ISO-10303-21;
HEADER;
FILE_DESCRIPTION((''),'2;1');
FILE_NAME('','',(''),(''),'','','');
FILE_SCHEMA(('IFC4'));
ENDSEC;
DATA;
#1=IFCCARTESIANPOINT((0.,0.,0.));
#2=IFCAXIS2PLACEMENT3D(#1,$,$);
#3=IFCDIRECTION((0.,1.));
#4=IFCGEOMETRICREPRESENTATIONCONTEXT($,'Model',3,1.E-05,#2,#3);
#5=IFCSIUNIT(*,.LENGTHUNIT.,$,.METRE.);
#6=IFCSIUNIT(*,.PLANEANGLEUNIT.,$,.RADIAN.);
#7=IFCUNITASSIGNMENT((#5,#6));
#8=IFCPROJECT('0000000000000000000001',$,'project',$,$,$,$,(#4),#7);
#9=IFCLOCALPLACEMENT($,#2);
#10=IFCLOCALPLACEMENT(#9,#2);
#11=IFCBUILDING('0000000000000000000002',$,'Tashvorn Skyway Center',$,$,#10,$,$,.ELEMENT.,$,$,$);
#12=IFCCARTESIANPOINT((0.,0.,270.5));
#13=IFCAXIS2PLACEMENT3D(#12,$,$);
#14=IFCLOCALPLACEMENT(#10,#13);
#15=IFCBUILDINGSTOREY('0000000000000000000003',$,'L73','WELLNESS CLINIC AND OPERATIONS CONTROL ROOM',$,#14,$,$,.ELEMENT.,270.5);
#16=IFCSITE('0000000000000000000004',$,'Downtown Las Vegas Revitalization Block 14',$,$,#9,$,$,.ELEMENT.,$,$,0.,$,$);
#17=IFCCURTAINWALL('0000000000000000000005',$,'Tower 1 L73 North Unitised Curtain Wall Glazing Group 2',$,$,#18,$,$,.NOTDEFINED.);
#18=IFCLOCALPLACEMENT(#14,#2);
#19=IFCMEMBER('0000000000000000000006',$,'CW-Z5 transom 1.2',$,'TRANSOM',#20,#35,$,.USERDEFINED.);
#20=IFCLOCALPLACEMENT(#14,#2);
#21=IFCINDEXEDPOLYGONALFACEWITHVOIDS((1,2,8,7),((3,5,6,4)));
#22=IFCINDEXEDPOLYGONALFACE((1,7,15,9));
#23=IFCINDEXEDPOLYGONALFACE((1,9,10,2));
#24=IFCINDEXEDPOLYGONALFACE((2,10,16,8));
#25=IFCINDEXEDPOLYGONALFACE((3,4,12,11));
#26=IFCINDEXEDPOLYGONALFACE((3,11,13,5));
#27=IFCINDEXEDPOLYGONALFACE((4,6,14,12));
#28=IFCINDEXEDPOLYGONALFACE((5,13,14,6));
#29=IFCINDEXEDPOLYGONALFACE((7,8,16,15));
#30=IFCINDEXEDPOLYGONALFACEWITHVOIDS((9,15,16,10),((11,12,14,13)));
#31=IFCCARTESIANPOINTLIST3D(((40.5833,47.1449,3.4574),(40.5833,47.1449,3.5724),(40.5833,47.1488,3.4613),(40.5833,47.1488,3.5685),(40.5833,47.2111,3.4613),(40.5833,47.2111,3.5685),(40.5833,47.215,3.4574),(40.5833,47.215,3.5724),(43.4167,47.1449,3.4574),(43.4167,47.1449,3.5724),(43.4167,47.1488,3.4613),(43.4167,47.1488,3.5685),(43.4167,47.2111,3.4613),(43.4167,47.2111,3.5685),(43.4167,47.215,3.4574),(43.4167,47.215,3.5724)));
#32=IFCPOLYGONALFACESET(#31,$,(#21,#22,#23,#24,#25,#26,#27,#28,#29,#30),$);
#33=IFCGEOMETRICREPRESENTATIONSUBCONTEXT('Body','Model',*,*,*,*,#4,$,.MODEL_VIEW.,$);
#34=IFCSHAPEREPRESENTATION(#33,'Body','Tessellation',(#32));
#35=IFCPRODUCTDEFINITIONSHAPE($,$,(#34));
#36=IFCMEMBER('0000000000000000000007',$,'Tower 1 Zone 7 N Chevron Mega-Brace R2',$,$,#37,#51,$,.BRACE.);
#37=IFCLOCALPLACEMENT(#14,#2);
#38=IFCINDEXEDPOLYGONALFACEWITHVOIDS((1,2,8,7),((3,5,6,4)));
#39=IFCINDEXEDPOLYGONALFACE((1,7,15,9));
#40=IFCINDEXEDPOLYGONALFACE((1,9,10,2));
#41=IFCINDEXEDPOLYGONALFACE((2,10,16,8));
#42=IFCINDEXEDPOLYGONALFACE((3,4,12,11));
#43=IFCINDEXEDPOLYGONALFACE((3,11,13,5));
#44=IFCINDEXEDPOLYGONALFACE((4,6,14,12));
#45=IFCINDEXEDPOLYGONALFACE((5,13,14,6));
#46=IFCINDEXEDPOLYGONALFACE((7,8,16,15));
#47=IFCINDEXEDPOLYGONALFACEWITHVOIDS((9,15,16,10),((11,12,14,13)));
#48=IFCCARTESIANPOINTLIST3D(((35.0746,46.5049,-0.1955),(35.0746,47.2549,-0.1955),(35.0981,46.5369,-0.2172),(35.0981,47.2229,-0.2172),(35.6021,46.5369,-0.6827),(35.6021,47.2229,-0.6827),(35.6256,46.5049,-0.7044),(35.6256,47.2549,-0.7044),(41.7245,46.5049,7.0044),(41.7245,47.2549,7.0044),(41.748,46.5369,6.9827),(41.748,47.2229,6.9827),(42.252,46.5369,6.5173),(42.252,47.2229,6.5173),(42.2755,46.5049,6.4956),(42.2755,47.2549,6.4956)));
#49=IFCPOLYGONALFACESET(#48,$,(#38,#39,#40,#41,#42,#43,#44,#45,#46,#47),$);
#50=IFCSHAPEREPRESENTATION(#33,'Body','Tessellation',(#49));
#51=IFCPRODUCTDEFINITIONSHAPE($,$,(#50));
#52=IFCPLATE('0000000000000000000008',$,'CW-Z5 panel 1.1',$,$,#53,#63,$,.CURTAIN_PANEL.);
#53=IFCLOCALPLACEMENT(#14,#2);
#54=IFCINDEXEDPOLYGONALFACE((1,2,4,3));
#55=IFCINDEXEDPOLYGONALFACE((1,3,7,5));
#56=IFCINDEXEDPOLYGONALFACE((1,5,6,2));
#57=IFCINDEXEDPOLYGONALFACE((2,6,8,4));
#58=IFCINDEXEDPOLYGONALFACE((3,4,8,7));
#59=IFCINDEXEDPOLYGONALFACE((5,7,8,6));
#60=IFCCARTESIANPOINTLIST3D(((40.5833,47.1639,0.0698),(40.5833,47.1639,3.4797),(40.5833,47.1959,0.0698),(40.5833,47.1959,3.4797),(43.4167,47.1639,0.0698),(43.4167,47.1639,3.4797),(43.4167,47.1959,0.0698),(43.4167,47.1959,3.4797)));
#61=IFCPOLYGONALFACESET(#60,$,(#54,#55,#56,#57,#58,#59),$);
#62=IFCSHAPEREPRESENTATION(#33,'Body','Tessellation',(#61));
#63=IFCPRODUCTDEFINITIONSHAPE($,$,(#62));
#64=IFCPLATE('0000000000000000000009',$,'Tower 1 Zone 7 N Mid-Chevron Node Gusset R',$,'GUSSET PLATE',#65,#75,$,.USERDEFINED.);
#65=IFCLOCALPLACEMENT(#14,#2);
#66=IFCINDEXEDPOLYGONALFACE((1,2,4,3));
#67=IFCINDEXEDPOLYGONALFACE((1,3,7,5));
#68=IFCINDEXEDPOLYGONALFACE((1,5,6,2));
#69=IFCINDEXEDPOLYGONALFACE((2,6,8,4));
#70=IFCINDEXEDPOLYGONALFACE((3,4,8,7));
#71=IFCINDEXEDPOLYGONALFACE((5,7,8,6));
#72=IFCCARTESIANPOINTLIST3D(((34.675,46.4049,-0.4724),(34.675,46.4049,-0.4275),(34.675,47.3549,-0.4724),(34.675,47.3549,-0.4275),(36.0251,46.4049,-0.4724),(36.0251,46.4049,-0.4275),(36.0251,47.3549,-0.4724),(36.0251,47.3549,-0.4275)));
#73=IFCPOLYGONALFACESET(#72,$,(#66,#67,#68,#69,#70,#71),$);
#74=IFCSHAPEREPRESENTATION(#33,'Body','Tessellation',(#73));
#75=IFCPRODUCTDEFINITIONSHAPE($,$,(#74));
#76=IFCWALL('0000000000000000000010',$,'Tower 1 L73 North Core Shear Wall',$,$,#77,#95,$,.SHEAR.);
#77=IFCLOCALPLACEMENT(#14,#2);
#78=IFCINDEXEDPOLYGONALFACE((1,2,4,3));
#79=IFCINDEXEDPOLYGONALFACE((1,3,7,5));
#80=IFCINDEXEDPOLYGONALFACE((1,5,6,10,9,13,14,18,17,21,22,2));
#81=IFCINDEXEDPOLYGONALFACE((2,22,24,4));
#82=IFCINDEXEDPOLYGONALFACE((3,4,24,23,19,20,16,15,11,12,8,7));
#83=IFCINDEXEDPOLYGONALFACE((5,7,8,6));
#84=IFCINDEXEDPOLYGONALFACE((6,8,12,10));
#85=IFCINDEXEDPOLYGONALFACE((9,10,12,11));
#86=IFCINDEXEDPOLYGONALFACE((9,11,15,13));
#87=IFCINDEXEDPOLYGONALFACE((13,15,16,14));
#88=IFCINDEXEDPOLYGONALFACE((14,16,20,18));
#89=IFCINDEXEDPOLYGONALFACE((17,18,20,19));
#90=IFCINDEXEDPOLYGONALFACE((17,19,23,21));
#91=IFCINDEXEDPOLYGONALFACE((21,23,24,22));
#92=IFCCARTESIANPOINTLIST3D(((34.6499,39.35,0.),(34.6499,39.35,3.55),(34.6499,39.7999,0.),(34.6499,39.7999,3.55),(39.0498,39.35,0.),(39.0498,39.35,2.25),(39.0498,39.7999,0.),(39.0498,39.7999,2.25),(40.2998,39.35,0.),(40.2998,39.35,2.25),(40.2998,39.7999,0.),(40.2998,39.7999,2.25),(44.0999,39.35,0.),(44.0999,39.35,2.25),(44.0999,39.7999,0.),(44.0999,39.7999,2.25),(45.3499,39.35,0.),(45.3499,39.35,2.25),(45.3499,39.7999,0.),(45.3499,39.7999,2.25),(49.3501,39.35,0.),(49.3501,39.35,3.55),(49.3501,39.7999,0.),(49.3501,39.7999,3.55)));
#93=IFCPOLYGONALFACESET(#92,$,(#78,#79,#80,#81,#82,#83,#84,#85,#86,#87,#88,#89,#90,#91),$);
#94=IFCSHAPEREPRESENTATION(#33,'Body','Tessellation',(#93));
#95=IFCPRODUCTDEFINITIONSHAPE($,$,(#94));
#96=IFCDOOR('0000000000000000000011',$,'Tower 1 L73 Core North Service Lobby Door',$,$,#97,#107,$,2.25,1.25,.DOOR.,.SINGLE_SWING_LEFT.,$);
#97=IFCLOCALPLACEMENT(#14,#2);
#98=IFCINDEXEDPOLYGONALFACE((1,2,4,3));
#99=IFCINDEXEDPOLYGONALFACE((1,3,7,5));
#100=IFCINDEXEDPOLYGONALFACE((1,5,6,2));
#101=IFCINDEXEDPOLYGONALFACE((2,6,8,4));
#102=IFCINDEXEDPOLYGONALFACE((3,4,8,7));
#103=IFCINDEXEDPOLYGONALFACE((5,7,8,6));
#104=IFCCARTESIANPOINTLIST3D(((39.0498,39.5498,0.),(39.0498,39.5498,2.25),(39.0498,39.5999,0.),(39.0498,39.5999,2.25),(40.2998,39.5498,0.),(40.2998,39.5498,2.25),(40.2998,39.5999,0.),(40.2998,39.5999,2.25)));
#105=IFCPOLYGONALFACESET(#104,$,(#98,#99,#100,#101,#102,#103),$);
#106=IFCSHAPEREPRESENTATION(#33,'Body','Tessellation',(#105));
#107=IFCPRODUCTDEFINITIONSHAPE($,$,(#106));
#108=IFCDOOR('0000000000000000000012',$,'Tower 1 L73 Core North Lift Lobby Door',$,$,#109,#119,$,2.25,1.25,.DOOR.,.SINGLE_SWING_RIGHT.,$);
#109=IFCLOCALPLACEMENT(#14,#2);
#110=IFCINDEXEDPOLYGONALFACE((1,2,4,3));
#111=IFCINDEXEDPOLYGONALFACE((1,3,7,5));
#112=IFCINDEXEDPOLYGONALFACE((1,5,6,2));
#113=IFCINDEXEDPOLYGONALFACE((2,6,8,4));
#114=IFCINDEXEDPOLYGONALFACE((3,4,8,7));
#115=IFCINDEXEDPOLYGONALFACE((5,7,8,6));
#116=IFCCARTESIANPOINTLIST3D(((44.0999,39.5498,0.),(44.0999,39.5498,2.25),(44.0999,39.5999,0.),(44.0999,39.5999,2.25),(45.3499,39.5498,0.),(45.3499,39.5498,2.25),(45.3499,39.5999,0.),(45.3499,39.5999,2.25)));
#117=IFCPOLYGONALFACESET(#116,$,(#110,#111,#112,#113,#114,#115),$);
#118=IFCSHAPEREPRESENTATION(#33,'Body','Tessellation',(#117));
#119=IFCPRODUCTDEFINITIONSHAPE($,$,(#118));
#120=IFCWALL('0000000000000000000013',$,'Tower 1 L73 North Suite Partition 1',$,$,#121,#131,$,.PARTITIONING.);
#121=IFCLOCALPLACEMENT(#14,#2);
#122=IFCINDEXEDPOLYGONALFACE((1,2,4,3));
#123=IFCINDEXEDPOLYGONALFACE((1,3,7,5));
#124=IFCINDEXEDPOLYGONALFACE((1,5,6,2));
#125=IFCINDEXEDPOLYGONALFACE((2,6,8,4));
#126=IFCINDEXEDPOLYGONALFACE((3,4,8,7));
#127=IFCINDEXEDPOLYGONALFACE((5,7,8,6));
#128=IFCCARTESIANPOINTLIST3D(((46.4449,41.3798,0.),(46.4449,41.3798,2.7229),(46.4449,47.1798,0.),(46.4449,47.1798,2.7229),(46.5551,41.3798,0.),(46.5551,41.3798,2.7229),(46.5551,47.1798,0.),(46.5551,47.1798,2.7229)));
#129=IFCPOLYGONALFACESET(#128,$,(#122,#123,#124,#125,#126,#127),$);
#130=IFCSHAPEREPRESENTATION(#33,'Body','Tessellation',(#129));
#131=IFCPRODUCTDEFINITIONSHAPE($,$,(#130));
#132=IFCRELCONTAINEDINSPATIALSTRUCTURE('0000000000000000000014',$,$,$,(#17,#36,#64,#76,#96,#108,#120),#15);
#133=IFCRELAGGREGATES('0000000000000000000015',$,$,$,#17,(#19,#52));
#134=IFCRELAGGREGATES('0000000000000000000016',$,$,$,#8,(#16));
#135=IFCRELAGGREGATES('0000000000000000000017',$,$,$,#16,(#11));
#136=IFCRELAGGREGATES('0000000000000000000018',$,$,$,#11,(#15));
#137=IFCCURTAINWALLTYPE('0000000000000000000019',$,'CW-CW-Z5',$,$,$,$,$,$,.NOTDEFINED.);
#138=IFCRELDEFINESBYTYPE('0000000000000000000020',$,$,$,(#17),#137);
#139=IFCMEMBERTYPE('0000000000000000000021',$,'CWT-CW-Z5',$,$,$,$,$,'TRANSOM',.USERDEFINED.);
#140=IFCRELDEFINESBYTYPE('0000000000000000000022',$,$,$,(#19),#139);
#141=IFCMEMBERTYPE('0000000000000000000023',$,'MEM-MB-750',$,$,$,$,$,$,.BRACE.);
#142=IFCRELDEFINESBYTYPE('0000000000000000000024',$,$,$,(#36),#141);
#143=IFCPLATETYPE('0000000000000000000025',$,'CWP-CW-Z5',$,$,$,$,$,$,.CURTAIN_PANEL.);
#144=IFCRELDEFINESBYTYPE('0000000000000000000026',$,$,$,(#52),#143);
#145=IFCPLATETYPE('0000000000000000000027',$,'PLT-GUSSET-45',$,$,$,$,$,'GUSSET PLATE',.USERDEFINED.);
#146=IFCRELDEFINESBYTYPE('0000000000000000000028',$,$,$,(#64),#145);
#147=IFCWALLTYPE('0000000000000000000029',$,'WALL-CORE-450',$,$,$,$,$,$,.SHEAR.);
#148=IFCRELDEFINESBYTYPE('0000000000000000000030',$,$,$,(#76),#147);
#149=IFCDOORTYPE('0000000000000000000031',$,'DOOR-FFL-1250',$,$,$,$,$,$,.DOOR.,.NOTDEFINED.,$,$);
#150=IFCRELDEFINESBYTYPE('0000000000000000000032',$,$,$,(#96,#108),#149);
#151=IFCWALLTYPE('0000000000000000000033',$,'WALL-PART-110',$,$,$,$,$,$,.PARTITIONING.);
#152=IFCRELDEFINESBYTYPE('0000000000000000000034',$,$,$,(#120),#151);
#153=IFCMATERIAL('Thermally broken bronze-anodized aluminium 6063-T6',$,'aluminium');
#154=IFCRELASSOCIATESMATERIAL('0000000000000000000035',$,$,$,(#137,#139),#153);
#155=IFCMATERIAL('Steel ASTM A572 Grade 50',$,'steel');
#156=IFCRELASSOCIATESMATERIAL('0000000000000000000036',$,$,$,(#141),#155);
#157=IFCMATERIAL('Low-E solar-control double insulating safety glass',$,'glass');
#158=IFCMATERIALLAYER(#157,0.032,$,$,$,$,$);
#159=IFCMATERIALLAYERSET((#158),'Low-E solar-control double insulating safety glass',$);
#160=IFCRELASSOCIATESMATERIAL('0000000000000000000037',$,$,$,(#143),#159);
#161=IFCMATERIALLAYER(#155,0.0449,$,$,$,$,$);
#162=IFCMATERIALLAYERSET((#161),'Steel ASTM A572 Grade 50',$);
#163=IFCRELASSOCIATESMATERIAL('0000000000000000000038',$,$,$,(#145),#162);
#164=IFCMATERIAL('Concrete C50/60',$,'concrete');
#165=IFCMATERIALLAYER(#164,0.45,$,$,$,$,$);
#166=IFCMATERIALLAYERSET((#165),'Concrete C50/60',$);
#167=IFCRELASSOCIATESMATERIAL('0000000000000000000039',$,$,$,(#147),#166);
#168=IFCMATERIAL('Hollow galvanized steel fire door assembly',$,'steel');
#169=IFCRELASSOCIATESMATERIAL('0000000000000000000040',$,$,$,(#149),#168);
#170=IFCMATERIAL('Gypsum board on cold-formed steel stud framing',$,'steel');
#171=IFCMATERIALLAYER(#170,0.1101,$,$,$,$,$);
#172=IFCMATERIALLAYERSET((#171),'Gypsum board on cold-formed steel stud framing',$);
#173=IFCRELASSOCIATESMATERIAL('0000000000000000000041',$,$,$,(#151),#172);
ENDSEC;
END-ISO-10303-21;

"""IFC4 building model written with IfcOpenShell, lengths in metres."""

from ifc_helpers import new_model, si_unit, direction, frame, frame_2d, origin, origin_2d, place, context, subcontext, project, spatial, rectangle, hollow_rectangle, extrude, material, layer, layer_set, material_profile, profile_set, type_object, element, fill, aggregate, save


model = new_model("IFC4")

# Units and contexts
model_context = context("Model", 3, precision=1e-05, world=origin(), true_north=direction((0.0, 1.0)))
body_context = subcontext(model_context, "Body", "Model", "MODEL_VIEW")
ifc_project = project(units=[si_unit("LENGTHUNIT", "METRE"), si_unit("PLANEANGLEUNIT", "RADIAN")], contexts=[model_context])

# Site, building, storey
site_placement = place(None, origin())
site = spatial("IfcSite", under=ifc_project, at=site_placement, Name="Downtown Las Vegas Revitalization Block 14", CompositionType="ELEMENT", RefElevation=0.0)
building_placement = place(site_placement, origin())
building = spatial("IfcBuilding", under=site, at=building_placement, Name="Tashvorn Skyway Center", CompositionType="ELEMENT")
storey_placement = place(building_placement, frame((0.0, 0.0, 270.5)))
storey = spatial("IfcBuildingStorey", under=building, at=storey_placement, Name="L73", Description="WELLNESS CLINIC AND OPERATIONS CONTROL ROOM", CompositionType="ELEMENT", Elevation=270.5)

# Shared definitions
ifc_material_1 = material(Name="Steel ASTM A572 Grade 50", Category="steel")

# Shared definitions
ifc_material_2 = material(Name="Thermally broken bronze-anodized aluminium 6063-T6", Category="aluminium")
curtain_wall_type = type_object("IfcCurtainWallType", Name="CW-CW-Z5", PredefinedType="NOTDEFINED", material=ifc_material_2)

# Curtain wall, member
curtain_wall_1_placement = place(storey_placement, origin())
curtain_wall_1 = element("IfcCurtainWall", 1, at=curtain_wall_1_placement, inside=storey, type_object=curtain_wall_type, Name="Tower 1 L73 North Unitised Curtain Wall Glazing Group 2", PredefinedType="NOTDEFINED")
ifc_material_profile_1 = material_profile(ifc_material_2, hollow_rectangle(XDim=0.0701, YDim=0.115, WallThickness=0.0039, at=origin_2d()), Name="ALU-TRAN-70x115")
ifc_profile_set_1 = profile_set([ifc_material_profile_1], Name="Thermally broken bronze-anodized aluminium 6063-T6")
member_type_1 = type_object("IfcMemberType", Name="CWT-CW-Z5", ElementType="TRANSOM", PredefinedType="USERDEFINED", material=ifc_profile_set_1)
member_1_placement = place(storey_placement, frame((40.5833, 47.1799, 3.5149), z_axis=(1.0, 0.0, 0.0), x_axis=(0.0, 1.0, 0.0)))
member_1 = element("IfcMember", 2, at=member_1_placement, type_object=member_type_1, Name="CW-Z5 transom 1.2", ObjectType="TRANSOM", PredefinedType="USERDEFINED", context=body_context, shape_type="SweptSolid", body=[
    extrude(hollow_rectangle(XDim=0.0701, YDim=0.115, WallThickness=0.0039, at=origin_2d()), origin(), (0.0, 0.0, 1.0), 2.8335),
])

# Member
ifc_material_profile_2 = material_profile(ifc_material_1, hollow_rectangle(XDim=0.75, YDim=0.75, WallThickness=0.032, at=origin_2d()), Name="BOX750x750x32")
ifc_profile_set_2 = profile_set([ifc_material_profile_2], Name="Steel ASTM A572 Grade 50")
member_type_2 = type_object("IfcMemberType", Name="MEM-MB-750", PredefinedType="BRACE", material=ifc_profile_set_2)
member_2_placement = place(storey_placement, frame((35.3501, 46.8799, -0.45), z_axis=(0.678489, 0.0, 0.734611), x_axis=(0.0, 1.0, 0.0)))
element("IfcMember", 3, at=member_2_placement, inside=storey, type_object=member_type_2, Name="Tower 1 Zone 7 N Chevron Mega-Brace R2", PredefinedType="BRACE", context=body_context, shape_type="SweptSolid", body=[
    extrude(hollow_rectangle(XDim=0.75, YDim=0.75, WallThickness=0.032, at=origin_2d()), origin(), (0.0, 0.0, 1.0), 9.801),
])

# Plates
ifc_material_3 = material(Name="Low-E solar-control double insulating safety glass", Category="glass")
ifc_layer_1 = layer(ifc_material_3, 0.032)
ifc_layer_set_1 = layer_set([ifc_layer_1], Name="Low-E solar-control double insulating safety glass")
plate_type_1 = type_object("IfcPlateType", Name="CWP-CW-Z5", PredefinedType="CURTAIN_PANEL", material=ifc_layer_set_1)
plate_1_placement = place(storey_placement, frame((42.0, 47.1799, 0.0698), z_axis=(0.0, 0.0, 1.0), x_axis=(1.0, 0.0, 0.0)))
plate_1 = element("IfcPlate", 4, at=plate_1_placement, type_object=plate_type_1, Name="CW-Z5 panel 1.1", PredefinedType="CURTAIN_PANEL", context=body_context, shape_type="SweptSolid", body=[
    extrude(rectangle(XDim=2.8335, YDim=0.032, at=origin_2d()), origin(), (0.0, 0.0, 1.0), 3.4099),
])
aggregate(curtain_wall_1, [member_1, plate_1])
ifc_layer_2 = layer(ifc_material_1, 0.0449)
ifc_layer_set_2 = layer_set([ifc_layer_2], Name="Steel ASTM A572 Grade 50")
plate_type_2 = type_object("IfcPlateType", Name="PLT-GUSSET-45", ElementType="GUSSET PLATE", PredefinedType="USERDEFINED", material=ifc_layer_set_2)
plate_2_placement = place(storey_placement, frame((35.3501, 46.8799, -0.4724), z_axis=(0.0, 0.0, 1.0), x_axis=(-1.0, 0.0, 0.0)))
element("IfcPlate", 5, at=plate_2_placement, inside=storey, type_object=plate_type_2, Name="Tower 1 Zone 7 N Mid-Chevron Node Gusset R", ObjectType="GUSSET PLATE", PredefinedType="USERDEFINED", context=body_context, shape_type="SweptSolid", body=[
    extrude(rectangle(XDim=1.3501, YDim=0.95, at=origin_2d()), origin(), (0.0, 0.0, 1.0), 0.0449),
])

# Wall, openings, doors
ifc_material_4 = material(Name="Concrete C50/60", Category="concrete")
ifc_layer_3 = layer(ifc_material_4, 0.45)
ifc_layer_set_3 = layer_set([ifc_layer_3], Name="Concrete C50/60")
wall_type_1 = type_object("IfcWallType", Name="WALL-CORE-450", PredefinedType="SHEAR", material=ifc_layer_set_3)
wall_1_placement = place(storey_placement, frame((34.6499, 39.575, 0.0), z_axis=(0.0, 0.0, 1.0), x_axis=(1.0, 0.0, 0.0)))
wall_1 = element("IfcWall", 6, at=wall_1_placement, inside=storey, type_object=wall_type_1, Name="Tower 1 L73 North Core Shear Wall", PredefinedType="SHEAR", context=body_context, shape_type="SweptSolid", body=[
    extrude(rectangle(XDim=14.7002, YDim=0.45, at=frame_2d((7.3501, 0.0))), origin(), (0.0, 0.0, 1.0), 3.55),
])
opening_1_placement = place(wall_1_placement, frame((4.3999, 0.0, 0.0)))
opening_1 = element("IfcOpeningElement", 7, at=opening_1_placement, cuts=wall_1, PredefinedType="OPENING", context=body_context, shape_type="SweptSolid", body=[
    extrude(rectangle(XDim=1.25, YDim=2.25, at=frame_2d((0.625, 1.125))), frame((0.0, 0.2349, 0.0), z_axis=(0.0, -1.0, 0.0), x_axis=(1.0, 0.0, 0.0)), (0.0, 0.0, 1.0), 0.47),
])
opening_2_placement = place(wall_1_placement, frame((9.45, 0.0, 0.0)))
opening_2 = element("IfcOpeningElement", 8, at=opening_2_placement, cuts=wall_1, PredefinedType="OPENING", context=body_context, shape_type="SweptSolid", body=[
    extrude(rectangle(XDim=1.25, YDim=2.25, at=frame_2d((0.625, 1.125))), frame((0.0, 0.2349, 0.0), z_axis=(0.0, -1.0, 0.0), x_axis=(1.0, 0.0, 0.0)), (0.0, 0.0, 1.0), 0.47),
])
ifc_material_5 = material(Name="Hollow galvanized steel fire door assembly", Category="steel")
door_type_1 = type_object("IfcDoorType", Name="DOOR-FFL-1250", OperationType="NOTDEFINED", PredefinedType="DOOR", material=ifc_material_5)
door_1_placement = place(opening_1_placement, origin())
door_1 = element("IfcDoor", 9, at=door_1_placement, inside=storey, type_object=door_type_1, Name="Tower 1 L73 Core North Service Lobby Door", OperationType="SINGLE_SWING_LEFT", OverallHeight=2.25, OverallWidth=1.25, PredefinedType="DOOR", context=body_context, shape_type="SweptSolid", body=[
    extrude(rectangle(XDim=1.25, YDim=2.25, at=frame_2d((0.625, 1.125))), frame((0.0, 0.0249, 0.0), z_axis=(0.0, -1.0, 0.0), x_axis=(1.0, 0.0, 0.0)), (0.0, 0.0, 1.0), 0.05),
])
fill(opening_1, door_1)
door_2_placement = place(opening_2_placement, origin())
door_2 = element("IfcDoor", 10, at=door_2_placement, inside=storey, type_object=door_type_1, Name="Tower 1 L73 Core North Lift Lobby Door", OperationType="SINGLE_SWING_RIGHT", OverallHeight=2.25, OverallWidth=1.25, PredefinedType="DOOR", context=body_context, shape_type="SweptSolid", body=[
    extrude(rectangle(XDim=1.25, YDim=2.25, at=frame_2d((0.625, 1.125))), frame((0.0, 0.0249, 0.0), z_axis=(0.0, -1.0, 0.0), x_axis=(1.0, 0.0, 0.0)), (0.0, 0.0, 1.0), 0.05),
])
fill(opening_2, door_2)

# Wall
ifc_material_6 = material(Name="Gypsum board on cold-formed steel stud framing", Category="steel")
ifc_layer_4 = layer(ifc_material_6, 0.1101)
ifc_layer_set_4 = layer_set([ifc_layer_4], Name="Gypsum board on cold-formed steel stud framing")
wall_type_2 = type_object("IfcWallType", Name="WALL-PART-110", PredefinedType="PARTITIONING", material=ifc_layer_set_4)
wall_2_placement = place(storey_placement, frame((46.5, 41.3799, 0.0), z_axis=(0.0, 0.0, 1.0), x_axis=(0.0, 1.0, 0.0)))
element("IfcWall", 11, at=wall_2_placement, inside=storey, type_object=wall_type_2, Name="Tower 1 L73 North Suite Partition 1", PredefinedType="PARTITIONING", context=body_context, shape_type="SweptSolid", body=[
    extrude(rectangle(XDim=5.8, YDim=0.1101, at=frame_2d((2.8999, 0.0))), origin(), (0.0, 0.0, 1.0), 2.7229),
])

save(model, "model.ifc")
